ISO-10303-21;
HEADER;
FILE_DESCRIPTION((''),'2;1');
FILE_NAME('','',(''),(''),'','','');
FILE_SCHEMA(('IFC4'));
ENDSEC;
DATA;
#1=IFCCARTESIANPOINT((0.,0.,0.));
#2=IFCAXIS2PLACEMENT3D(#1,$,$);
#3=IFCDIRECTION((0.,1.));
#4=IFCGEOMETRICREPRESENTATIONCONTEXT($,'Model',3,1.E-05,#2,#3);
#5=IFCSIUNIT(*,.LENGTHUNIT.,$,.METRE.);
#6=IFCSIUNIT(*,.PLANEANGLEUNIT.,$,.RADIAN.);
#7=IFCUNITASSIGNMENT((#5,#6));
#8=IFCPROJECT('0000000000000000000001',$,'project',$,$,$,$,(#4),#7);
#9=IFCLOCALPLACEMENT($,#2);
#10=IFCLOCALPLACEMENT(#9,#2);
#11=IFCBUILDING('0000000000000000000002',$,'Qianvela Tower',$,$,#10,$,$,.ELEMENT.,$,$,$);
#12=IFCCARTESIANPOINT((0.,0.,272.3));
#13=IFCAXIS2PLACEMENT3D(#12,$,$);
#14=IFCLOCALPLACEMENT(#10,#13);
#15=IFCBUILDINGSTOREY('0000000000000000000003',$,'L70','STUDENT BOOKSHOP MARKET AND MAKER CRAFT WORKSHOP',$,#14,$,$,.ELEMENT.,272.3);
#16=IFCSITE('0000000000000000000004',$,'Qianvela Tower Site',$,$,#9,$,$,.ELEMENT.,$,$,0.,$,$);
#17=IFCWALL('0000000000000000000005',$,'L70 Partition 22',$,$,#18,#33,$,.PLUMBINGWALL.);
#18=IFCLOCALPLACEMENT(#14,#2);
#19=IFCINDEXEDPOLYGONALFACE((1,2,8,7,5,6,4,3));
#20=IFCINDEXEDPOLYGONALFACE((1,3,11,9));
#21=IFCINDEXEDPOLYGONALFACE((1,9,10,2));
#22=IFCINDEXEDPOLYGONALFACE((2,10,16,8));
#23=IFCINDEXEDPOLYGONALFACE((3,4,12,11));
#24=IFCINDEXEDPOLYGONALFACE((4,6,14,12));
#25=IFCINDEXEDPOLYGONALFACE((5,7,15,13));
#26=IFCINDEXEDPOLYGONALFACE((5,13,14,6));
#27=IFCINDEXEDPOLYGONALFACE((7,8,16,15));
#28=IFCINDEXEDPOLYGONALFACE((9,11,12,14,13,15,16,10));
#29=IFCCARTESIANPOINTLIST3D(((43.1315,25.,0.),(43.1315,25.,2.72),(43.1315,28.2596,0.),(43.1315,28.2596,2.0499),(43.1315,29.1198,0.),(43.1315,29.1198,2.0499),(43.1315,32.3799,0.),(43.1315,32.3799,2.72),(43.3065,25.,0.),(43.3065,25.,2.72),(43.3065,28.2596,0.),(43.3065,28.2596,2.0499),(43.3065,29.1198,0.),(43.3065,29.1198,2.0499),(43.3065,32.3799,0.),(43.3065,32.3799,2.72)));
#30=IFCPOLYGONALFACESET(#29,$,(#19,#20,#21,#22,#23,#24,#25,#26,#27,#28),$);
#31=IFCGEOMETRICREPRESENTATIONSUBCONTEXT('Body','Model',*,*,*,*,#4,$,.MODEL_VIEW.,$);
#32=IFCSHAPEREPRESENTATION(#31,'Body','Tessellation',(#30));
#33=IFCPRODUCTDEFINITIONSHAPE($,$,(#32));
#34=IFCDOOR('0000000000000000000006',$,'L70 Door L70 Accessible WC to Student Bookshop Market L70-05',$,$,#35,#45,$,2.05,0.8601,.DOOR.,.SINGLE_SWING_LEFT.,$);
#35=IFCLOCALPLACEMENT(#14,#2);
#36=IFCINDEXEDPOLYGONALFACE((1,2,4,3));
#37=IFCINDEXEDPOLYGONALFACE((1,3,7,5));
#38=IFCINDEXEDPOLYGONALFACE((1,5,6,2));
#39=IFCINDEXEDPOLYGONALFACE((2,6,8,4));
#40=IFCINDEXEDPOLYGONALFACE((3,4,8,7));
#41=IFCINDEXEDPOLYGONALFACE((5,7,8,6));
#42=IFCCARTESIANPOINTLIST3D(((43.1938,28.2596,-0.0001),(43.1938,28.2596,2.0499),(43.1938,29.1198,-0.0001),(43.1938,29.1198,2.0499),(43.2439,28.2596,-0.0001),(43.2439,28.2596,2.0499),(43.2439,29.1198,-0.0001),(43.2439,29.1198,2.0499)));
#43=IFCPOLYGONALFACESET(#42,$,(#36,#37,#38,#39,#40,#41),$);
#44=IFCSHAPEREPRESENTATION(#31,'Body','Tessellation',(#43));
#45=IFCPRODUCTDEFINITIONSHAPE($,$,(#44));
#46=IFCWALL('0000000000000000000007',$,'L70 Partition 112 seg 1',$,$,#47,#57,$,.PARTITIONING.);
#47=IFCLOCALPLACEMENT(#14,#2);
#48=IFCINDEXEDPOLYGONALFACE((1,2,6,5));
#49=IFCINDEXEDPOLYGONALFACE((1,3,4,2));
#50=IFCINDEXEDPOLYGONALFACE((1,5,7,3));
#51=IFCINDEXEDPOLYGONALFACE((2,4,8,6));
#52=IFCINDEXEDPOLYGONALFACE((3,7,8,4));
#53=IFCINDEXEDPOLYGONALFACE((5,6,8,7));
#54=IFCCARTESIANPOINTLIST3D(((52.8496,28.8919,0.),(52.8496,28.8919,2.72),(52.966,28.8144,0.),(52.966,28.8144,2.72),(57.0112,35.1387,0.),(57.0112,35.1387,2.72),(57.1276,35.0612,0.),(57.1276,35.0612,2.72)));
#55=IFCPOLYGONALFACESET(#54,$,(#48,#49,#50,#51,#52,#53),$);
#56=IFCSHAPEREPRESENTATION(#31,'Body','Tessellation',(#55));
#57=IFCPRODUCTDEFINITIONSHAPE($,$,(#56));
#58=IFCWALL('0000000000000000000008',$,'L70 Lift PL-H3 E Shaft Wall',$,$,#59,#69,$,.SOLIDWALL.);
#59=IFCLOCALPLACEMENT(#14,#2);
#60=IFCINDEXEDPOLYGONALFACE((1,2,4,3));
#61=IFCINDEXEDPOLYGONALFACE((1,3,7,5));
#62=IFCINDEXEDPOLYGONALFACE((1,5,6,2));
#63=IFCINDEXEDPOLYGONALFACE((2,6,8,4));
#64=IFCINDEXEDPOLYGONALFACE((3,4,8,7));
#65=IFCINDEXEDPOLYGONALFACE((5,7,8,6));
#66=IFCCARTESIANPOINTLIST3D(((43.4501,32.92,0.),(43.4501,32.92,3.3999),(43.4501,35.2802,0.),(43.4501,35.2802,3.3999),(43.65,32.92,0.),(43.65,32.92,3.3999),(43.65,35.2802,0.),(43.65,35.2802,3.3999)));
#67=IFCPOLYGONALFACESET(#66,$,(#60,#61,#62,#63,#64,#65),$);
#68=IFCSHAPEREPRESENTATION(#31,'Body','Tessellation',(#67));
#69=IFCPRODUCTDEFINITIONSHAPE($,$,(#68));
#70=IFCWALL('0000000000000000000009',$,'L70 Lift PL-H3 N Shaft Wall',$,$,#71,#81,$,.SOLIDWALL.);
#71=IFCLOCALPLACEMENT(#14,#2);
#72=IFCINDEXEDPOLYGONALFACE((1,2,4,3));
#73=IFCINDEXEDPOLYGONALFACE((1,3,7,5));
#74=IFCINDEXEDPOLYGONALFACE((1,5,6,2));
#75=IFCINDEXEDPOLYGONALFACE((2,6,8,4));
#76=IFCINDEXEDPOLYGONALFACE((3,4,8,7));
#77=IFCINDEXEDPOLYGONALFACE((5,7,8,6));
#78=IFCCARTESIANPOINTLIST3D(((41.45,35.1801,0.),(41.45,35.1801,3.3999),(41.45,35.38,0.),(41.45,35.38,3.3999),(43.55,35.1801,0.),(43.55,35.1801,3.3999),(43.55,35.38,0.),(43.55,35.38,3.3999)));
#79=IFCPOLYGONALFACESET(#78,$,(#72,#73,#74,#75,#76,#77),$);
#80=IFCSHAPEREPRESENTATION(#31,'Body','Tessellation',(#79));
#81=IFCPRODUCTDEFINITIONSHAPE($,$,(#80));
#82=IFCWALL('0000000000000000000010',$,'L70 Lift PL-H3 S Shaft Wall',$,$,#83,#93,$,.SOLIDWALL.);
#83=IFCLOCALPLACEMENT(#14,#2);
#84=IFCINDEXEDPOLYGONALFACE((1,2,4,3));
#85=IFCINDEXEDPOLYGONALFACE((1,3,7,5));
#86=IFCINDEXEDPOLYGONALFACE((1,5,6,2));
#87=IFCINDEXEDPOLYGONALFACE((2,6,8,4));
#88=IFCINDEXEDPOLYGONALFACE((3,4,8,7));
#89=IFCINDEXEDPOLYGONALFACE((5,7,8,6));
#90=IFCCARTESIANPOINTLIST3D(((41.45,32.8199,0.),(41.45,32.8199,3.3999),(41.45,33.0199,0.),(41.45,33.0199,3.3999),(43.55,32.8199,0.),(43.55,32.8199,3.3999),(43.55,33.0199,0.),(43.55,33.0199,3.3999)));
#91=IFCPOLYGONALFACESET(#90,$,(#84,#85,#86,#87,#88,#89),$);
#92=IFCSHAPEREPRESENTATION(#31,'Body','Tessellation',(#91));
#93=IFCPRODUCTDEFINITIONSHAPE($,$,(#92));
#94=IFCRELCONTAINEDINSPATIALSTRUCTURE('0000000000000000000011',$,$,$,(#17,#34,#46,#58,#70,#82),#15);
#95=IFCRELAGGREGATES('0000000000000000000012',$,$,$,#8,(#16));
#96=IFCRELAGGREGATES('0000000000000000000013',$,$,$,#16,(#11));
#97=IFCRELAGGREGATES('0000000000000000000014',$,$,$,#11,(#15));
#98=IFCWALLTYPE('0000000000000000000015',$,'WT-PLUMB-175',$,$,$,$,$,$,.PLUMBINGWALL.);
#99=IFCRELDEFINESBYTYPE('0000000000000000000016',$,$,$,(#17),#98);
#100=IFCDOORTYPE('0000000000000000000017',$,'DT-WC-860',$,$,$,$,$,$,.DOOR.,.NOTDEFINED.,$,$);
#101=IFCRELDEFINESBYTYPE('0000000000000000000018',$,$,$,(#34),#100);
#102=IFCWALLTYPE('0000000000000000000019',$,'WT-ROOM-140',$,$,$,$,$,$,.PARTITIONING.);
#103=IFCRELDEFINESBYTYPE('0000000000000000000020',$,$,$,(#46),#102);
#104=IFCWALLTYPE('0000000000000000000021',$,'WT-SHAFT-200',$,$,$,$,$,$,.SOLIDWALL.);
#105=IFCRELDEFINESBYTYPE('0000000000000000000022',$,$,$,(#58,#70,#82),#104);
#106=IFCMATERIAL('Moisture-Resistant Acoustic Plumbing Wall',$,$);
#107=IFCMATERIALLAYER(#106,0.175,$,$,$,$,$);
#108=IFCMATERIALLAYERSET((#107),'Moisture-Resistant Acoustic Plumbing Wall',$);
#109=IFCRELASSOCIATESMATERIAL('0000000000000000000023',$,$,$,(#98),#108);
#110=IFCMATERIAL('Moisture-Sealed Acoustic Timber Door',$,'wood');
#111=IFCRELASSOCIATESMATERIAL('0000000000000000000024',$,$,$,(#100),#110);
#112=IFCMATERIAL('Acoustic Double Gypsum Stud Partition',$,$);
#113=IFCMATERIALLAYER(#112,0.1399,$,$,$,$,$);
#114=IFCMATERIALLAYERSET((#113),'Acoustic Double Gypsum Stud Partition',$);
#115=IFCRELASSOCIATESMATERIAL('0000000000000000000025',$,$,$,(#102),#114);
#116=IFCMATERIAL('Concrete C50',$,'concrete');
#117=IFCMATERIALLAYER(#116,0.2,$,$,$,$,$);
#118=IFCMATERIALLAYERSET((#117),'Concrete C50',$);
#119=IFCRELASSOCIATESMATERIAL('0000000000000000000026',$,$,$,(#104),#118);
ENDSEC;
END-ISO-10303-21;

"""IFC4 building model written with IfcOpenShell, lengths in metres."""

from ifc_helpers import new_model, si_unit, direction, frame, frame_2d, origin, place, context, subcontext, project, spatial, rectangle, extrude, material, layer, layer_set, type_object, element, fill, save


model = new_model("IFC4")

# Units and contexts
model_context = context("Model", 3, precision=1e-05, world=origin(), true_north=direction((0.0, 1.0)))
body_context = subcontext(model_context, "Body", "Model", "MODEL_VIEW")
ifc_project = project(units=[si_unit("LENGTHUNIT", "METRE"), si_unit("PLANEANGLEUNIT", "RADIAN")], contexts=[model_context])

# Site, building, storey
site_placement = place(None, origin())
site = spatial("IfcSite", under=ifc_project, at=site_placement, Name="Qianvela Tower Site", CompositionType="ELEMENT", RefElevation=0.0)
building_placement = place(site_placement, origin())
building = spatial("IfcBuilding", under=site, at=building_placement, Name="Qianvela Tower", CompositionType="ELEMENT")
storey_placement = place(building_placement, frame((0.0, 0.0, 272.3)))
storey = spatial("IfcBuildingStorey", under=building, at=storey_placement, Name="L70", Description="STUDENT BOOKSHOP MARKET AND MAKER CRAFT WORKSHOP", CompositionType="ELEMENT", Elevation=272.3)

# Shared definitions
ifc_material_1 = material(Name="Moisture-Resistant Acoustic Plumbing Wall")
ifc_layer_1 = layer(ifc_material_1, 0.175)
ifc_layer_set_1 = layer_set([ifc_layer_1], Name="Moisture-Resistant Acoustic Plumbing Wall")
wall_type_1 = type_object("IfcWallType", Name="WT-PLUMB-175", PredefinedType="PLUMBINGWALL", material=ifc_layer_set_1)

# Wall, opening, door
wall_1_placement = place(storey_placement, frame((43.219, 32.3799, 0.0), z_axis=(0.0, 0.0, 1.0), x_axis=(0.0, -1.0, 0.0)))
wall_1 = element("IfcWall", 1, at=wall_1_placement, inside=storey, type_object=wall_type_1, Name="L70 Partition 22", PredefinedType="PLUMBINGWALL", context=body_context, shape_type="SweptSolid", body=[
    extrude(rectangle(XDim=7.3799, YDim=0.175, at=frame_2d((3.6899, 0.0))), origin(), (0.0, 0.0, 1.0), 2.72),
])
opening_1_placement = place(wall_1_placement, frame((3.26, 0.0, 0.0)))
opening_1 = element("IfcOpeningElement", 2, at=opening_1_placement, cuts=wall_1, PredefinedType="OPENING", context=body_context, shape_type="SweptSolid", body=[
    extrude(rectangle(XDim=0.8601, YDim=2.05, at=frame_2d((0.4302, 1.0249))), frame((0.0, 0.0974, 0.0), z_axis=(0.0, -1.0, 0.0), x_axis=(1.0, 0.0, 0.0)), (0.0, 0.0, 1.0), 0.1951),
])
ifc_material_2 = material(Name="Moisture-Sealed Acoustic Timber Door", Category="wood")
door_type_1 = type_object("IfcDoorType", Name="DT-WC-860", OperationType="NOTDEFINED", PredefinedType="DOOR", material=ifc_material_2)
door_1_placement = place(opening_1_placement, origin())
door_1 = element("IfcDoor", 3, at=door_1_placement, inside=storey, type_object=door_type_1, Name="L70 Door L70 Accessible WC to Student Bookshop Market L70-05", OperationType="SINGLE_SWING_LEFT", OverallHeight=2.05, OverallWidth=0.8601, PredefinedType="DOOR", context=body_context, shape_type="SweptSolid", body=[
    extrude(rectangle(XDim=0.8601, YDim=2.05, at=frame_2d((0.4302, 1.0249))), frame((0.0, 0.0249, 0.0), z_axis=(0.0, -1.0, 0.0), x_axis=(1.0, 0.0, 0.0)), (0.0, 0.0, 1.0), 0.05),
])
fill(opening_1, door_1)

# Walls
ifc_material_3 = material(Name="Acoustic Double Gypsum Stud Partition")
ifc_layer_2 = layer(ifc_material_3, 0.1399)
ifc_layer_set_2 = layer_set([ifc_layer_2], Name="Acoustic Double Gypsum Stud Partition")
wall_type_2 = type_object("IfcWallType", Name="WT-ROOM-140", PredefinedType="PARTITIONING", material=ifc_layer_set_2)
wall_2_placement = place(storey_placement, frame((57.0693, 35.0999, 0.0), z_axis=(0.0, 0.0, 1.0), x_axis=(-0.55443, -0.83223, 0.0)))
element("IfcWall", 4, at=wall_2_placement, inside=storey, type_object=wall_type_2, Name="L70 Partition 112 seg 1", PredefinedType="PARTITIONING", context=body_context, shape_type="SweptSolid", body=[
    extrude(rectangle(XDim=7.5061, YDim=0.1399, at=frame_2d((3.7529, 0.0))), origin(), (0.0, 0.0, 1.0), 2.72),
])
ifc_material_4 = material(Name="Concrete C50", Category="concrete")
ifc_layer_3 = layer(ifc_material_4, 0.2)
ifc_layer_set_3 = layer_set([ifc_layer_3], Name="Concrete C50")
wall_type_3 = type_object("IfcWallType", Name="WT-SHAFT-200", PredefinedType="SOLIDWALL", material=ifc_layer_set_3)
wall_3_placement = place(storey_placement, frame((43.55, 32.9199, 0.0), z_axis=(0.0, 0.0, 1.0), x_axis=(0.0, 1.0, 0.0)))
element("IfcWall", 5, at=wall_3_placement, inside=storey, type_object=wall_type_3, Name="L70 Lift PL-H3 E Shaft Wall", PredefinedType="SOLIDWALL", context=body_context, shape_type="SweptSolid", body=[
    extrude(rectangle(XDim=2.3601, YDim=0.2, at=frame_2d((1.1802, 0.0))), origin(), (0.0, 0.0, 1.0), 3.3999),
])

# Walls
for number, where, z_axis, x_axis, name in (
    (6, (41.45, 35.28, 0.0), (0.0, 0.0, 1.0), (1.0, 0.0, 0.0), "L70 Lift PL-H3 N Shaft Wall"),
    (7, (41.45, 32.9199, 0.0), (0.0, 0.0, 1.0), (1.0, 0.0, 0.0), "L70 Lift PL-H3 S Shaft Wall"),
):
    element("IfcWall", number, at=place(storey_placement, frame(where, z_axis=z_axis, x_axis=x_axis)), inside=storey, type_object=wall_type_3, Name=name, PredefinedType="SOLIDWALL", context=body_context, shape_type="SweptSolid", body=[
        extrude(rectangle(XDim=2.1001, YDim=0.2, at=frame_2d((1.05, 0.0))), origin(), (0.0, 0.0, 1.0), 3.3999),
    ])

save(model, "model.ifc")
